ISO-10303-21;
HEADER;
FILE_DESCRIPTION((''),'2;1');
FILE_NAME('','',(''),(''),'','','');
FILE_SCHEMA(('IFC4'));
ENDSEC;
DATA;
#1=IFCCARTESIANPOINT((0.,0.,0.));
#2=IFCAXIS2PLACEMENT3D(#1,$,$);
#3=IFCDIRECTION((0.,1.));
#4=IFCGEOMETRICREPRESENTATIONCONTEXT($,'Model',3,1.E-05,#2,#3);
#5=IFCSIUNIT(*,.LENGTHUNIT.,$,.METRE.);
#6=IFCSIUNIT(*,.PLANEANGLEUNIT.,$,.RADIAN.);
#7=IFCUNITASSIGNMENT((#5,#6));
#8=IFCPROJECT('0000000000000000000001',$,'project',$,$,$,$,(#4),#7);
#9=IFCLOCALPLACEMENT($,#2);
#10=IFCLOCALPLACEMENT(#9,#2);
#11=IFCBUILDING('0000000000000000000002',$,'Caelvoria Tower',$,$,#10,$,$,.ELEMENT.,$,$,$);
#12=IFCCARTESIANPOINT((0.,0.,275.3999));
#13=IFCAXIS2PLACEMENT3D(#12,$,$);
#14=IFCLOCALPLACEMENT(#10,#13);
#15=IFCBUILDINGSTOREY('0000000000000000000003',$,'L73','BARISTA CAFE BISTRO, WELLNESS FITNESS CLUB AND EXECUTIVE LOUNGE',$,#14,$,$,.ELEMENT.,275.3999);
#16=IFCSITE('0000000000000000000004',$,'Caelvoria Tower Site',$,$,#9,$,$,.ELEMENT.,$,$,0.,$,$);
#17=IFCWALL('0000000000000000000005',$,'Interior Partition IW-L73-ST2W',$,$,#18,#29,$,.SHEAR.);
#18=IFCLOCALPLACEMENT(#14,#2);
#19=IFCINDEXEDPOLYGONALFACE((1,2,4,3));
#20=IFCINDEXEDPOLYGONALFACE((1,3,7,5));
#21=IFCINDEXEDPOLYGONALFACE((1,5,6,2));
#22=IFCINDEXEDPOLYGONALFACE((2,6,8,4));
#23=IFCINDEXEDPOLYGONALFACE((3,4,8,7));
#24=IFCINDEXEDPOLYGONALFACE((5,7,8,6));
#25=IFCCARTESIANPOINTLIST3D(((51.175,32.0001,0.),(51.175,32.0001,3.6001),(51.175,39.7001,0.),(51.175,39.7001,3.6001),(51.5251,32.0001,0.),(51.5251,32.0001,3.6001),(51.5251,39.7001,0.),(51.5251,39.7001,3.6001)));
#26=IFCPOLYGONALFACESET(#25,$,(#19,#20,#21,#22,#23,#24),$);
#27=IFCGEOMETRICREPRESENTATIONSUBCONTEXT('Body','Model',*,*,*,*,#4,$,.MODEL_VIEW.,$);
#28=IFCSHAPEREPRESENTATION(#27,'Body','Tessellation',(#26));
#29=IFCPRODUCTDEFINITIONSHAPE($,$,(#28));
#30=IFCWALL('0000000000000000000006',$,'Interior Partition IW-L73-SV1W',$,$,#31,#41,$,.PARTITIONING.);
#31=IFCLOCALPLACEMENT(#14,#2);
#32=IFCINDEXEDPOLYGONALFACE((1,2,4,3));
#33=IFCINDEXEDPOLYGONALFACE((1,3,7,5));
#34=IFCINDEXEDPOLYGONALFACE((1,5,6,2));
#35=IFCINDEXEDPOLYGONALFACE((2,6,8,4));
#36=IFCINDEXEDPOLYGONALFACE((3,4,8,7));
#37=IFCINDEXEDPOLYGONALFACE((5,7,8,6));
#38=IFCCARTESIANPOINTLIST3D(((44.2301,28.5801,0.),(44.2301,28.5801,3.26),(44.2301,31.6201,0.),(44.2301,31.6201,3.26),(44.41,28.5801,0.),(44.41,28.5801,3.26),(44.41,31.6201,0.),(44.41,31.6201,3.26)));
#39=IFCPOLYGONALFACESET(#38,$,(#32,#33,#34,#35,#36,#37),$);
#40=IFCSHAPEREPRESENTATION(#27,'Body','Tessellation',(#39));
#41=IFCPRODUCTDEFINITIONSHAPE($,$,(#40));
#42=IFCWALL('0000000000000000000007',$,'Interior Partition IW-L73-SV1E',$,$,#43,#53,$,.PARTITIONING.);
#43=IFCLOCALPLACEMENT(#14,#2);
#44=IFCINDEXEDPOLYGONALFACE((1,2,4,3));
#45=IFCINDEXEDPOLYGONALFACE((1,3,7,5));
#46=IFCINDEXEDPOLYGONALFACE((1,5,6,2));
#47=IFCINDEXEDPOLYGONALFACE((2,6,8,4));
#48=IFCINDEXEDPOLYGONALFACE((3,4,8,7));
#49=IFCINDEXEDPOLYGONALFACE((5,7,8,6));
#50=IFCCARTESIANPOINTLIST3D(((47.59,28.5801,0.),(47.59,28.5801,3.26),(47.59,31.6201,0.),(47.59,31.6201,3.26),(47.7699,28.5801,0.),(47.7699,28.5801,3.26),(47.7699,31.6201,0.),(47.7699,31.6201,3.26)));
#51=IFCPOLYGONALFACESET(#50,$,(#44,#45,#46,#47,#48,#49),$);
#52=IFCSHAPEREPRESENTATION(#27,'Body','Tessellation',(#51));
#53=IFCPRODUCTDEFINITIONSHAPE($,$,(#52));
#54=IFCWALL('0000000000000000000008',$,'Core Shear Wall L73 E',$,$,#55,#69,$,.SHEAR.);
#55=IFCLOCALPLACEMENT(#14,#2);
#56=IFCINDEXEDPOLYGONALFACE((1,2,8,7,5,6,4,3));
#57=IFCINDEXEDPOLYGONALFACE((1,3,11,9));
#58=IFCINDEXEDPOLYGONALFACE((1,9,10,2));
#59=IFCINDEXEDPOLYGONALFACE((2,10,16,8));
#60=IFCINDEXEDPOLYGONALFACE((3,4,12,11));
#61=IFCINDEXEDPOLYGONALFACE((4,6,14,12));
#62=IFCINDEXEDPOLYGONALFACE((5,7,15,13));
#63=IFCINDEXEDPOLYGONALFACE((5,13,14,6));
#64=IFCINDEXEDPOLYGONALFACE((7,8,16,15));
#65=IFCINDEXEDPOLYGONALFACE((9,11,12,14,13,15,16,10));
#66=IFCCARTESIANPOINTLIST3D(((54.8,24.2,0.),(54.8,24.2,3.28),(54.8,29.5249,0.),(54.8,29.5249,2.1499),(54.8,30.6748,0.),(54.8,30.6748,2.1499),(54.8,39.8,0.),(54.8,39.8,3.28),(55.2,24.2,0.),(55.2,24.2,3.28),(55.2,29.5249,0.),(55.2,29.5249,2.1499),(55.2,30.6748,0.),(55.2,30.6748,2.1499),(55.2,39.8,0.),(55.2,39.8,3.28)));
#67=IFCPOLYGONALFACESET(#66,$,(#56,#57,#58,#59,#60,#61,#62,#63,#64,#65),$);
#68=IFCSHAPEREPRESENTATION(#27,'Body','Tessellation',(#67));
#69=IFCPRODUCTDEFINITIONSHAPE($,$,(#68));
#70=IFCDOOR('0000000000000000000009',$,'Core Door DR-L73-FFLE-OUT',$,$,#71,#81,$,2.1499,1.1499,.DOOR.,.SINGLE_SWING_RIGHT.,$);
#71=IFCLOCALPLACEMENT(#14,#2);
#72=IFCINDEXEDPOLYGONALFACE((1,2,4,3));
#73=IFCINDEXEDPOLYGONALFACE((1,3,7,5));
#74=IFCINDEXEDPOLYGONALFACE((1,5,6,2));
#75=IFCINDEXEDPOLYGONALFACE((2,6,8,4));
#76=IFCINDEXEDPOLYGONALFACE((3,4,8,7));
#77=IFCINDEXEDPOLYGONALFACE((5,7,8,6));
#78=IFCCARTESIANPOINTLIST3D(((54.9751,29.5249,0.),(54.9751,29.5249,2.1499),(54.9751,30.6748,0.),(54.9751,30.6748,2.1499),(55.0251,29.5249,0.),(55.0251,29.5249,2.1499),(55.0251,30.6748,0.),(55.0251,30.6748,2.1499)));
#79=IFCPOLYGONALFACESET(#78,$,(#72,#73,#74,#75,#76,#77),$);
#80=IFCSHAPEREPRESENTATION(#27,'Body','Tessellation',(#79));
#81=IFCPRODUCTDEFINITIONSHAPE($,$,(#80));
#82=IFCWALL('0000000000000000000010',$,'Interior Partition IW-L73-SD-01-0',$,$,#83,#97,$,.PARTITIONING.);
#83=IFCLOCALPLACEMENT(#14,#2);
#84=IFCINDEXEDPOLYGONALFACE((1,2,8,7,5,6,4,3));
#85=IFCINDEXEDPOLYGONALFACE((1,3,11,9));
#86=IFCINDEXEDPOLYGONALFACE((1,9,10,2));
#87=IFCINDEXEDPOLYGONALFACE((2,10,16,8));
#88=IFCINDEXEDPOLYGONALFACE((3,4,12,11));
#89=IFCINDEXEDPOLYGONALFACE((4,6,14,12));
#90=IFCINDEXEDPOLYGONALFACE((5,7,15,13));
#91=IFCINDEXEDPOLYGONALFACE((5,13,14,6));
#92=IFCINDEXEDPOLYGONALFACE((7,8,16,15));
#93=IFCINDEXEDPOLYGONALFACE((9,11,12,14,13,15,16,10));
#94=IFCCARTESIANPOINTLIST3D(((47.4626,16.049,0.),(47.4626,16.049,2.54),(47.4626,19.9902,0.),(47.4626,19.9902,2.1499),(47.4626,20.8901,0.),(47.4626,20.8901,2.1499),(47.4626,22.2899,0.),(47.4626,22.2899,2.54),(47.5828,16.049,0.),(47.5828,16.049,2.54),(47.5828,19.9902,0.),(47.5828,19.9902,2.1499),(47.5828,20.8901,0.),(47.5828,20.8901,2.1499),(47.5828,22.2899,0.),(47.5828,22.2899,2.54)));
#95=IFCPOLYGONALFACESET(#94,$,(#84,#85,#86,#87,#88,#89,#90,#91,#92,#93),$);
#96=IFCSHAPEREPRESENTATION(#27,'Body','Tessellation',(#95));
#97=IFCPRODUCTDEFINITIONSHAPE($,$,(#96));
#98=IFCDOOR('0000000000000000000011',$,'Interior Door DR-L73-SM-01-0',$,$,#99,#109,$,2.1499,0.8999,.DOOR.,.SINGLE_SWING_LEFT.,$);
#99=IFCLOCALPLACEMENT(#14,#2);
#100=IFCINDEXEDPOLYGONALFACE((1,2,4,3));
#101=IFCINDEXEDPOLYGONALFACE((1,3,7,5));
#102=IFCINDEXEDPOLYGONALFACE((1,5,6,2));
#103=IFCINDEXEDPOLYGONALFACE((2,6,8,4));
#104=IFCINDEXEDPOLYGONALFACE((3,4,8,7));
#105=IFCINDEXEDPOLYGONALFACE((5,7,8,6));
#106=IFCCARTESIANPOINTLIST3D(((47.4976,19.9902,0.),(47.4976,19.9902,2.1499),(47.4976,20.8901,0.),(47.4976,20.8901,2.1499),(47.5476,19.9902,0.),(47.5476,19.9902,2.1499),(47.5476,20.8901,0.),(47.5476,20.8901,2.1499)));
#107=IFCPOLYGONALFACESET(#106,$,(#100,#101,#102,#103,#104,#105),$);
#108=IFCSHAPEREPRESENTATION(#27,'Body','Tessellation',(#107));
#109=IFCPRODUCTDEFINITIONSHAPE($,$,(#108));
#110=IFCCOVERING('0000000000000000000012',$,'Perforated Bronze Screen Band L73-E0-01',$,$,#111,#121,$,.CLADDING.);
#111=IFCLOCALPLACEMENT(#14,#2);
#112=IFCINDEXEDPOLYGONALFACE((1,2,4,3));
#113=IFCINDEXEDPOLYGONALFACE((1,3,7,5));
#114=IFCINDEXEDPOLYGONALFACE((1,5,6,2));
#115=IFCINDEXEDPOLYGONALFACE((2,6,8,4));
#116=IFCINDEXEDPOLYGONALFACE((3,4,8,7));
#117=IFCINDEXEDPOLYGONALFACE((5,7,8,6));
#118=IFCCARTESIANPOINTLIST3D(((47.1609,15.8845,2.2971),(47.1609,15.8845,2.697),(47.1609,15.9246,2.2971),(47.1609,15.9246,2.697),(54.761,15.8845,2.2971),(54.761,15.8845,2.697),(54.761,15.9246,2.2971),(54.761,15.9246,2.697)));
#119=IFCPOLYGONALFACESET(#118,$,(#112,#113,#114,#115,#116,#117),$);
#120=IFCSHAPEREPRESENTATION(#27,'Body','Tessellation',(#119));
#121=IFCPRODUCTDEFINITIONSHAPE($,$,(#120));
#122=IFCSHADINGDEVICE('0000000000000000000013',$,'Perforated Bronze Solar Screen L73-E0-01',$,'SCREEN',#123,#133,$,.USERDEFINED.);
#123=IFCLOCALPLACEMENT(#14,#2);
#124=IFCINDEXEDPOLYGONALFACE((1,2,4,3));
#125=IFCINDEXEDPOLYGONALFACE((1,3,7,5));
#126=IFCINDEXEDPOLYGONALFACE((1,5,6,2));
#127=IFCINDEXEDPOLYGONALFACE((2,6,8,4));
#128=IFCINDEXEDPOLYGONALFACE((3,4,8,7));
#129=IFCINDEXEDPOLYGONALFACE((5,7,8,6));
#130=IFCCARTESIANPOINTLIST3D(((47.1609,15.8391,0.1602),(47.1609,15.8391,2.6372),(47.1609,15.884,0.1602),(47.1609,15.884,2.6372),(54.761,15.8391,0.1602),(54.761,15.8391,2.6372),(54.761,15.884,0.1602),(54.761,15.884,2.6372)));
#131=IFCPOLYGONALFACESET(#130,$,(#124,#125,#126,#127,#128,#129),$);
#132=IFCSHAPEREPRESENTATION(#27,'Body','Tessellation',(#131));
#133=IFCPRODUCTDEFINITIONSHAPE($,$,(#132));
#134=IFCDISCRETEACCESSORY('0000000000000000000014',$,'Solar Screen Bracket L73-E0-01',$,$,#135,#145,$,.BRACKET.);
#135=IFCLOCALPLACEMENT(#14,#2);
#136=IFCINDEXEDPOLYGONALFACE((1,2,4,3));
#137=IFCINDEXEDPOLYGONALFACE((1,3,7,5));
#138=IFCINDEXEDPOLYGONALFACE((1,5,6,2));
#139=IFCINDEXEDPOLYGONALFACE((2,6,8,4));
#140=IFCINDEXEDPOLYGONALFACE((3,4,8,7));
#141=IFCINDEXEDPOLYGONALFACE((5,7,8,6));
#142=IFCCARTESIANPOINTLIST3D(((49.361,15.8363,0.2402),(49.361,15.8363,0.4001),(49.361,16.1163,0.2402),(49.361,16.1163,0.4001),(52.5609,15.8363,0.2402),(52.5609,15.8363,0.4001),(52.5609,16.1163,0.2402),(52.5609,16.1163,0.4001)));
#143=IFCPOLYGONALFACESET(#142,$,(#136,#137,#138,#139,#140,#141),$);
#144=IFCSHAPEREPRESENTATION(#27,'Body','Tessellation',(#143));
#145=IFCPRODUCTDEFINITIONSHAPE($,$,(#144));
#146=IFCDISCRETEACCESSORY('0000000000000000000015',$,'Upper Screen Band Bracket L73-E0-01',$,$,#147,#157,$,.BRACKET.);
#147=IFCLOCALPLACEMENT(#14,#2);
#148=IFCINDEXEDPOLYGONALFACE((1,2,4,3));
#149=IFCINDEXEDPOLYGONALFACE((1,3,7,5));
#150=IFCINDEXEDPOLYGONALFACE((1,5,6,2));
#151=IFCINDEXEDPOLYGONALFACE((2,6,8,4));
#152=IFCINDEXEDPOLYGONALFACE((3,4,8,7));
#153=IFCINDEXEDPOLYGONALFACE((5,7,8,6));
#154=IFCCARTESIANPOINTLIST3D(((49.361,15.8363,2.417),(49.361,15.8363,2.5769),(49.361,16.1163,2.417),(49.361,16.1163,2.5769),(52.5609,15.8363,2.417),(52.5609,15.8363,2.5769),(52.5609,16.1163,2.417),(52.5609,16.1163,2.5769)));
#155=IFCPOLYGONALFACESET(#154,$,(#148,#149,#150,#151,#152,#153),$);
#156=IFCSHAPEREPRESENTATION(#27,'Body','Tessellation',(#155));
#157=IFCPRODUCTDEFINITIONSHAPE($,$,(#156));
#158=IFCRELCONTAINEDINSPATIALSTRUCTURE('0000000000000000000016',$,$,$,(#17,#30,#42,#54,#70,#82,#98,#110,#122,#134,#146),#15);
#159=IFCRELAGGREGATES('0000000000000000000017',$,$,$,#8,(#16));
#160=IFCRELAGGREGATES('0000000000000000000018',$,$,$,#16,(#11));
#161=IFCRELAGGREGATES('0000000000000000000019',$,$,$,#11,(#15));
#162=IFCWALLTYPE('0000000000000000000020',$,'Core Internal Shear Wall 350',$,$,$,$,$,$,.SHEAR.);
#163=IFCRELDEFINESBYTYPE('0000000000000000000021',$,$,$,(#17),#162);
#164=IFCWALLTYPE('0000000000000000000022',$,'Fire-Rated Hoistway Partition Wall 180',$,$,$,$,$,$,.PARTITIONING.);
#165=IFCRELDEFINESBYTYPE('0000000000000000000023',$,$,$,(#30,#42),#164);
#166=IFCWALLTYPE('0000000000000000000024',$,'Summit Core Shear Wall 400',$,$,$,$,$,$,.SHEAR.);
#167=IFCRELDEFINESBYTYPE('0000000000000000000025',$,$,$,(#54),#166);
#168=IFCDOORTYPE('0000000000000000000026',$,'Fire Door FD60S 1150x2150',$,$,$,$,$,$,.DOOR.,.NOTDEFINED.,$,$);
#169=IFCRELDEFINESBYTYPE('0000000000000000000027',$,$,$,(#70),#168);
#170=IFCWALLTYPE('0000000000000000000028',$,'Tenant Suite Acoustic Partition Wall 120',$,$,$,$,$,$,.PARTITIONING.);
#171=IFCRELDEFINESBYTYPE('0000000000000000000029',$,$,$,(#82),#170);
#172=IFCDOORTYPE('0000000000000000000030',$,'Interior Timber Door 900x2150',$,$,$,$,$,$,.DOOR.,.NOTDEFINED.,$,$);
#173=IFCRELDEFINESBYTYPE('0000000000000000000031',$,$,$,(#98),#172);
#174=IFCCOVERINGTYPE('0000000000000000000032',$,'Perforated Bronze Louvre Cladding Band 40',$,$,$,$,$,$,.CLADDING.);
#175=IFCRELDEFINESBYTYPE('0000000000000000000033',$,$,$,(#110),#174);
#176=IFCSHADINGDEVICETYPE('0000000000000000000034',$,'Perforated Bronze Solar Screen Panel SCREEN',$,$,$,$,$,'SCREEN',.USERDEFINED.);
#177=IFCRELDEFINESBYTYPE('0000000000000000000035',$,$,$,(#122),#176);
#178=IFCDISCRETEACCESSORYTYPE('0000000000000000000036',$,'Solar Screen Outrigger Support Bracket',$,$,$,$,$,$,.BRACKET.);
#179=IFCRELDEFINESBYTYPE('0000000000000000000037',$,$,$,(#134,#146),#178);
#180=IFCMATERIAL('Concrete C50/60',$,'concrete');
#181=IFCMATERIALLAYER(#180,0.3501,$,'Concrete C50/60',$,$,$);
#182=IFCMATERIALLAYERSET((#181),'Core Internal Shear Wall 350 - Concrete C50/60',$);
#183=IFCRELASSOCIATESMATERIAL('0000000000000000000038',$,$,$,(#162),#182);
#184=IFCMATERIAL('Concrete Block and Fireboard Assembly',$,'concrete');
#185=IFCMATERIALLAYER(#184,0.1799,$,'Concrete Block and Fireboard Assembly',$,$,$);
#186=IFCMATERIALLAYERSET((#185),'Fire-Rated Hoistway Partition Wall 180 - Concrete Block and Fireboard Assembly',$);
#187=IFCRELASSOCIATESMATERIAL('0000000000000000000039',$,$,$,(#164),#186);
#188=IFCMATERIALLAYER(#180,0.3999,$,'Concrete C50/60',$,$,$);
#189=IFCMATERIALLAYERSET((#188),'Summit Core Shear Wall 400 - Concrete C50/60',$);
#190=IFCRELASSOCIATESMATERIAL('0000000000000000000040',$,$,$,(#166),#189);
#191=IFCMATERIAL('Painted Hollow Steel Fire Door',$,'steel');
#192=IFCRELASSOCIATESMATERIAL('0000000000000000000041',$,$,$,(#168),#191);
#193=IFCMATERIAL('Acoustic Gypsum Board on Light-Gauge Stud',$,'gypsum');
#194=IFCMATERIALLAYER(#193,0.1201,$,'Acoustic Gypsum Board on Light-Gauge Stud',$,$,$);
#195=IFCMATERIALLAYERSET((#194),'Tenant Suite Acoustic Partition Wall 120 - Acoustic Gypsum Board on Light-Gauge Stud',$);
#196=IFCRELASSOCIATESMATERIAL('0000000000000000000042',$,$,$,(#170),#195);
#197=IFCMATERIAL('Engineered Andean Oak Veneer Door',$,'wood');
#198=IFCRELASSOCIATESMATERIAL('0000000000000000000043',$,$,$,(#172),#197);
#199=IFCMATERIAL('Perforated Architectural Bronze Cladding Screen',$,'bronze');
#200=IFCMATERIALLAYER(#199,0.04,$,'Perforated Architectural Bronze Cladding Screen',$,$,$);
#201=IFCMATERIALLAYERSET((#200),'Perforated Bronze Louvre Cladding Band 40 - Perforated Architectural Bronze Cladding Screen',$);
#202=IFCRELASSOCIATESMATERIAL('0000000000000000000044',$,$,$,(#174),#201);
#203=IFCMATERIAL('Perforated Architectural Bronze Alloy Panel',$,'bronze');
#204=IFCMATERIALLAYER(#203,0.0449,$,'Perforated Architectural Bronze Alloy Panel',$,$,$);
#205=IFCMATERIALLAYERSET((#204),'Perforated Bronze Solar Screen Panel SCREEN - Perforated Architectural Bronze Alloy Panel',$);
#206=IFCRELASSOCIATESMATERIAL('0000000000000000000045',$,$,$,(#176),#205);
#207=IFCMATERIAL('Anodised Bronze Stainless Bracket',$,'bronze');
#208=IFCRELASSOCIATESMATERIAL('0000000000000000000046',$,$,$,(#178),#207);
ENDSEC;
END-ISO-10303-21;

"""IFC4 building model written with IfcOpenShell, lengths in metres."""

from ifc_helpers import new_model, si_unit, direction, frame, frame_2d, origin, origin_2d, place, context, subcontext, project, spatial, rectangle, extrude, material, layer, layer_set, type_object, element, fill, save


model = new_model("IFC4")

# Units and contexts
model_context = context("Model", 3, precision=1e-05, world=origin(), true_north=direction((0.0, 1.0)))
body_context = subcontext(model_context, "Body", "Model", "MODEL_VIEW")
ifc_project = project(units=[si_unit("LENGTHUNIT", "METRE"), si_unit("PLANEANGLEUNIT", "RADIAN")], contexts=[model_context])

# Site, building, storey
site_placement = place(None, origin())
site = spatial("IfcSite", under=ifc_project, at=site_placement, Name="Caelvoria Tower Site", CompositionType="ELEMENT", RefElevation=0.0)
building_placement = place(site_placement, origin())
building = spatial("IfcBuilding", under=site, at=building_placement, Name="Caelvoria Tower", CompositionType="ELEMENT")
storey_placement = place(building_placement, frame((0.0, 0.0, 275.3999)))
storey = spatial("IfcBuildingStorey", under=building, at=storey_placement, Name="L73", Description="BARISTA CAFE BISTRO, WELLNESS FITNESS CLUB AND EXECUTIVE LOUNGE", CompositionType="ELEMENT", Elevation=275.3999)

# Wall
ifc_material_1 = material(Name="Concrete C50/60", Category="concrete")
ifc_layer_1 = layer(ifc_material_1, 0.3501, Name="Concrete C50/60")
ifc_layer_set_1 = layer_set([ifc_layer_1], Name="Core Internal Shear Wall 350 - Concrete C50/60")
wall_type_1 = type_object("IfcWallType", Name="Core Internal Shear Wall 350", PredefinedType="SHEAR", material=ifc_layer_set_1)
wall_1_placement = place(storey_placement, frame((51.3501, 32.0, 0.0), z_axis=(0.0, 0.0, 1.0), x_axis=(0.0, 1.0, 0.0)))
element("IfcWall", 1, at=wall_1_placement, inside=storey, type_object=wall_type_1, Name="Interior Partition IW-L73-ST2W", PredefinedType="SHEAR", context=body_context, shape_type="SweptSolid", body=[
    extrude(rectangle(XDim=7.7, YDim=0.3501, at=frame_2d((3.8501, 0.0))), origin(), (0.0, 0.0, 1.0), 3.6001),
])

# Walls
ifc_material_2 = material(Name="Concrete Block and Fireboard Assembly", Category="concrete")
ifc_layer_2 = layer(ifc_material_2, 0.1799, Name="Concrete Block and Fireboard Assembly")
ifc_layer_set_2 = layer_set([ifc_layer_2], Name="Fire-Rated Hoistway Partition Wall 180 - Concrete Block and Fireboard Assembly")
wall_type_2 = type_object("IfcWallType", Name="Fire-Rated Hoistway Partition Wall 180", PredefinedType="PARTITIONING", material=ifc_layer_set_2)
for number, where, z_axis, x_axis, name in (
    (2, (44.3201, 28.5801, 0.0), (0.0, 0.0, 1.0), (0.0, 1.0, 0.0), "Interior Partition IW-L73-SV1W"),
    (3, (47.6799, 28.5801, 0.0), (0.0, 0.0, 1.0), (0.0, 1.0, 0.0), "Interior Partition IW-L73-SV1E"),
):
    element("IfcWall", number, at=place(storey_placement, frame(where, z_axis=z_axis, x_axis=x_axis)), inside=storey, type_object=wall_type_2, Name=name, PredefinedType="PARTITIONING", context=body_context, shape_type="SweptSolid", body=[
        extrude(rectangle(XDim=3.04, YDim=0.1799, at=frame_2d((1.52, 0.0))), origin(), (0.0, 0.0, 1.0), 3.26),
    ])

# Walls, openings, doors
ifc_layer_3 = layer(ifc_material_1, 0.3999, Name="Concrete C50/60")
ifc_layer_set_3 = layer_set([ifc_layer_3], Name="Summit Core Shear Wall 400 - Concrete C50/60")
wall_type_3 = type_object("IfcWallType", Name="Summit Core Shear Wall 400", PredefinedType="SHEAR", material=ifc_layer_set_3)
wall_2_placement = place(storey_placement, frame((55.0, 24.2, 0.0), z_axis=(0.0, 0.0, 1.0), x_axis=(0.0, 1.0, 0.0)))
wall_2 = element("IfcWall", 4, at=wall_2_placement, inside=storey, type_object=wall_type_3, Name="Core Shear Wall L73 E", PredefinedType="SHEAR", context=body_context, shape_type="SweptSolid", body=[
    extrude(rectangle(XDim=15.6001, YDim=0.3999, at=frame_2d((7.8, 0.0))), origin(), (0.0, 0.0, 1.0), 3.28),
])
opening_1_placement = place(wall_2_placement, frame((5.325, 0.0, 0.0)))
opening_1 = element("IfcOpeningElement", 5, at=opening_1_placement, cuts=wall_2, PredefinedType="OPENING", context=body_context, shape_type="SweptSolid", body=[
    extrude(rectangle(XDim=1.1499, YDim=2.1499, at=frame_2d((0.575, 1.075))), frame((0.0, 0.21, 0.0), z_axis=(0.0, -1.0, 0.0), x_axis=(1.0, 0.0, 0.0)), (0.0, 0.0, 1.0), 0.4199),
])
ifc_material_3 = material(Name="Painted Hollow Steel Fire Door", Category="steel")
door_type_1 = type_object("IfcDoorType", Name="Fire Door FD60S 1150x2150", OperationType="NOTDEFINED", PredefinedType="DOOR", material=ifc_material_3)
door_1_placement = place(opening_1_placement, origin())
door_1 = element("IfcDoor", 6, at=door_1_placement, inside=storey, type_object=door_type_1, Name="Core Door DR-L73-FFLE-OUT", OperationType="SINGLE_SWING_RIGHT", OverallHeight=2.1499, OverallWidth=1.1499, PredefinedType="DOOR", context=body_context, shape_type="SweptSolid", body=[
    extrude(rectangle(XDim=1.1499, YDim=2.1499, at=frame_2d((0.575, 1.075))), frame((0.0, 0.0249, 0.0), z_axis=(0.0, -1.0, 0.0), x_axis=(1.0, 0.0, 0.0)), (0.0, 0.0, 1.0), 0.05),
])
fill(opening_1, door_1)
ifc_material_4 = material(Name="Acoustic Gypsum Board on Light-Gauge Stud", Category="gypsum")
ifc_layer_4 = layer(ifc_material_4, 0.1201, Name="Acoustic Gypsum Board on Light-Gauge Stud")
ifc_layer_set_4 = layer_set([ifc_layer_4], Name="Tenant Suite Acoustic Partition Wall 120 - Acoustic Gypsum Board on Light-Gauge Stud")
wall_type_4 = type_object("IfcWallType", Name="Tenant Suite Acoustic Partition Wall 120", PredefinedType="PARTITIONING", material=ifc_layer_set_4)
wall_3_placement = place(storey_placement, frame((47.5227, 22.29, 0.0), z_axis=(0.0, 0.0, 1.0), x_axis=(0.0, -1.0, 0.0)))
wall_3 = element("IfcWall", 7, at=wall_3_placement, inside=storey, type_object=wall_type_4, Name="Interior Partition IW-L73-SD-01-0", PredefinedType="PARTITIONING", context=body_context, shape_type="SweptSolid", body=[
    extrude(rectangle(XDim=6.241, YDim=0.1201, at=frame_2d((3.1206, 0.0))), origin(), (0.0, 0.0, 1.0), 2.54),
])
opening_2_placement = place(wall_3_placement, frame((1.3999, 0.0, 0.0)))
opening_2 = element("IfcOpeningElement", 8, at=opening_2_placement, cuts=wall_3, PredefinedType="OPENING", context=body_context, shape_type="SweptSolid", body=[
    extrude(rectangle(XDim=0.8999, YDim=2.1499, at=frame_2d((0.45, 1.075))), frame((0.0, 0.0701, 0.0), z_axis=(0.0, -1.0, 0.0), x_axis=(1.0, 0.0, 0.0)), (0.0, 0.0, 1.0), 0.1401),
])
ifc_material_5 = material(Name="Engineered Andean Oak Veneer Door", Category="wood")
door_type_2 = type_object("IfcDoorType", Name="Interior Timber Door 900x2150", OperationType="NOTDEFINED", PredefinedType="DOOR", material=ifc_material_5)
door_2_placement = place(opening_2_placement, origin())
door_2 = element("IfcDoor", 9, at=door_2_placement, inside=storey, type_object=door_type_2, Name="Interior Door DR-L73-SM-01-0", OperationType="SINGLE_SWING_LEFT", OverallHeight=2.1499, OverallWidth=0.8999, PredefinedType="DOOR", context=body_context, shape_type="SweptSolid", body=[
    extrude(rectangle(XDim=0.8999, YDim=2.1499, at=frame_2d((0.45, 1.075))), frame((0.0, 0.0249, 0.0), z_axis=(0.0, -1.0, 0.0), x_axis=(1.0, 0.0, 0.0)), (0.0, 0.0, 1.0), 0.05),
])
fill(opening_2, door_2)

# Covering
ifc_material_6 = material(Name="Perforated Architectural Bronze Cladding Screen", Category="bronze")
ifc_layer_5 = layer(ifc_material_6, 0.04, Name="Perforated Architectural Bronze Cladding Screen")
ifc_layer_set_5 = layer_set([ifc_layer_5], Name="Perforated Bronze Louvre Cladding Band 40 - Perforated Architectural Bronze Cladding Screen")
covering_type = type_object("IfcCoveringType", Name="Perforated Bronze Louvre Cladding Band 40", PredefinedType="CLADDING", material=ifc_layer_set_5)
covering_placement = place(storey_placement, frame((50.9609, 15.9045, 2.2971), z_axis=(0.0, 0.0, 1.0), x_axis=(1.0, 0.0, 0.0)))
element("IfcCovering", 10, at=covering_placement, inside=storey, type_object=covering_type, Name="Perforated Bronze Screen Band L73-E0-01", PredefinedType="CLADDING", context=body_context, shape_type="SweptSolid", body=[
    extrude(rectangle(XDim=7.6001, YDim=0.04, at=origin_2d()), origin(), (0.0, 0.0, 1.0), 0.3999),
])

# Shading device
ifc_material_7 = material(Name="Perforated Architectural Bronze Alloy Panel", Category="bronze")
ifc_layer_6 = layer(ifc_material_7, 0.0449, Name="Perforated Architectural Bronze Alloy Panel")
ifc_layer_set_6 = layer_set([ifc_layer_6], Name="Perforated Bronze Solar Screen Panel SCREEN - Perforated Architectural Bronze Alloy Panel")
shading_device_type = type_object("IfcShadingDeviceType", Name="Perforated Bronze Solar Screen Panel SCREEN", ElementType="SCREEN", PredefinedType="USERDEFINED", material=ifc_layer_set_6)
shading_device_placement = place(storey_placement, frame((50.9609, 15.8616, 0.1602), z_axis=(0.0, 0.0, 1.0), x_axis=(1.0, 0.0, 0.0)))
element("IfcShadingDevice", 11, at=shading_device_placement, inside=storey, type_object=shading_device_type, Name="Perforated Bronze Solar Screen L73-E0-01", ObjectType="SCREEN", PredefinedType="USERDEFINED", context=body_context, shape_type="SweptSolid", body=[
    extrude(rectangle(XDim=7.6001, YDim=0.0449, at=origin_2d()), origin(), (0.0, 0.0, 1.0), 2.4771),
])

# Discrete accessories
ifc_material_8 = material(Name="Anodised Bronze Stainless Bracket", Category="bronze")
discrete_accessory_type = type_object("IfcDiscreteAccessoryType", Name="Solar Screen Outrigger Support Bracket", PredefinedType="BRACKET", material=ifc_material_8)
for number, where, z_axis, x_axis, name in (
    (12, (50.9609, 15.9763, 0.2402), (0.0, 0.0, 1.0), (1.0, 0.0, 0.0), "Solar Screen Bracket L73-E0-01"),
    (13, (50.9609, 15.9763, 2.417), (0.0, 0.0, 1.0), (1.0, 0.0, 0.0), "Upper Screen Band Bracket L73-E0-01"),
):
    element("IfcDiscreteAccessory", number, at=place(storey_placement, frame(where, z_axis=z_axis, x_axis=x_axis)), inside=storey, type_object=discrete_accessory_type, Name=name, PredefinedType="BRACKET", context=body_context, shape_type="SweptSolid", body=[
        extrude(rectangle(XDim=3.2, YDim=0.28, at=origin_2d()), origin(), (0.0, 0.0, 1.0), 0.1599),
    ])

save(model, "model.ifc")
